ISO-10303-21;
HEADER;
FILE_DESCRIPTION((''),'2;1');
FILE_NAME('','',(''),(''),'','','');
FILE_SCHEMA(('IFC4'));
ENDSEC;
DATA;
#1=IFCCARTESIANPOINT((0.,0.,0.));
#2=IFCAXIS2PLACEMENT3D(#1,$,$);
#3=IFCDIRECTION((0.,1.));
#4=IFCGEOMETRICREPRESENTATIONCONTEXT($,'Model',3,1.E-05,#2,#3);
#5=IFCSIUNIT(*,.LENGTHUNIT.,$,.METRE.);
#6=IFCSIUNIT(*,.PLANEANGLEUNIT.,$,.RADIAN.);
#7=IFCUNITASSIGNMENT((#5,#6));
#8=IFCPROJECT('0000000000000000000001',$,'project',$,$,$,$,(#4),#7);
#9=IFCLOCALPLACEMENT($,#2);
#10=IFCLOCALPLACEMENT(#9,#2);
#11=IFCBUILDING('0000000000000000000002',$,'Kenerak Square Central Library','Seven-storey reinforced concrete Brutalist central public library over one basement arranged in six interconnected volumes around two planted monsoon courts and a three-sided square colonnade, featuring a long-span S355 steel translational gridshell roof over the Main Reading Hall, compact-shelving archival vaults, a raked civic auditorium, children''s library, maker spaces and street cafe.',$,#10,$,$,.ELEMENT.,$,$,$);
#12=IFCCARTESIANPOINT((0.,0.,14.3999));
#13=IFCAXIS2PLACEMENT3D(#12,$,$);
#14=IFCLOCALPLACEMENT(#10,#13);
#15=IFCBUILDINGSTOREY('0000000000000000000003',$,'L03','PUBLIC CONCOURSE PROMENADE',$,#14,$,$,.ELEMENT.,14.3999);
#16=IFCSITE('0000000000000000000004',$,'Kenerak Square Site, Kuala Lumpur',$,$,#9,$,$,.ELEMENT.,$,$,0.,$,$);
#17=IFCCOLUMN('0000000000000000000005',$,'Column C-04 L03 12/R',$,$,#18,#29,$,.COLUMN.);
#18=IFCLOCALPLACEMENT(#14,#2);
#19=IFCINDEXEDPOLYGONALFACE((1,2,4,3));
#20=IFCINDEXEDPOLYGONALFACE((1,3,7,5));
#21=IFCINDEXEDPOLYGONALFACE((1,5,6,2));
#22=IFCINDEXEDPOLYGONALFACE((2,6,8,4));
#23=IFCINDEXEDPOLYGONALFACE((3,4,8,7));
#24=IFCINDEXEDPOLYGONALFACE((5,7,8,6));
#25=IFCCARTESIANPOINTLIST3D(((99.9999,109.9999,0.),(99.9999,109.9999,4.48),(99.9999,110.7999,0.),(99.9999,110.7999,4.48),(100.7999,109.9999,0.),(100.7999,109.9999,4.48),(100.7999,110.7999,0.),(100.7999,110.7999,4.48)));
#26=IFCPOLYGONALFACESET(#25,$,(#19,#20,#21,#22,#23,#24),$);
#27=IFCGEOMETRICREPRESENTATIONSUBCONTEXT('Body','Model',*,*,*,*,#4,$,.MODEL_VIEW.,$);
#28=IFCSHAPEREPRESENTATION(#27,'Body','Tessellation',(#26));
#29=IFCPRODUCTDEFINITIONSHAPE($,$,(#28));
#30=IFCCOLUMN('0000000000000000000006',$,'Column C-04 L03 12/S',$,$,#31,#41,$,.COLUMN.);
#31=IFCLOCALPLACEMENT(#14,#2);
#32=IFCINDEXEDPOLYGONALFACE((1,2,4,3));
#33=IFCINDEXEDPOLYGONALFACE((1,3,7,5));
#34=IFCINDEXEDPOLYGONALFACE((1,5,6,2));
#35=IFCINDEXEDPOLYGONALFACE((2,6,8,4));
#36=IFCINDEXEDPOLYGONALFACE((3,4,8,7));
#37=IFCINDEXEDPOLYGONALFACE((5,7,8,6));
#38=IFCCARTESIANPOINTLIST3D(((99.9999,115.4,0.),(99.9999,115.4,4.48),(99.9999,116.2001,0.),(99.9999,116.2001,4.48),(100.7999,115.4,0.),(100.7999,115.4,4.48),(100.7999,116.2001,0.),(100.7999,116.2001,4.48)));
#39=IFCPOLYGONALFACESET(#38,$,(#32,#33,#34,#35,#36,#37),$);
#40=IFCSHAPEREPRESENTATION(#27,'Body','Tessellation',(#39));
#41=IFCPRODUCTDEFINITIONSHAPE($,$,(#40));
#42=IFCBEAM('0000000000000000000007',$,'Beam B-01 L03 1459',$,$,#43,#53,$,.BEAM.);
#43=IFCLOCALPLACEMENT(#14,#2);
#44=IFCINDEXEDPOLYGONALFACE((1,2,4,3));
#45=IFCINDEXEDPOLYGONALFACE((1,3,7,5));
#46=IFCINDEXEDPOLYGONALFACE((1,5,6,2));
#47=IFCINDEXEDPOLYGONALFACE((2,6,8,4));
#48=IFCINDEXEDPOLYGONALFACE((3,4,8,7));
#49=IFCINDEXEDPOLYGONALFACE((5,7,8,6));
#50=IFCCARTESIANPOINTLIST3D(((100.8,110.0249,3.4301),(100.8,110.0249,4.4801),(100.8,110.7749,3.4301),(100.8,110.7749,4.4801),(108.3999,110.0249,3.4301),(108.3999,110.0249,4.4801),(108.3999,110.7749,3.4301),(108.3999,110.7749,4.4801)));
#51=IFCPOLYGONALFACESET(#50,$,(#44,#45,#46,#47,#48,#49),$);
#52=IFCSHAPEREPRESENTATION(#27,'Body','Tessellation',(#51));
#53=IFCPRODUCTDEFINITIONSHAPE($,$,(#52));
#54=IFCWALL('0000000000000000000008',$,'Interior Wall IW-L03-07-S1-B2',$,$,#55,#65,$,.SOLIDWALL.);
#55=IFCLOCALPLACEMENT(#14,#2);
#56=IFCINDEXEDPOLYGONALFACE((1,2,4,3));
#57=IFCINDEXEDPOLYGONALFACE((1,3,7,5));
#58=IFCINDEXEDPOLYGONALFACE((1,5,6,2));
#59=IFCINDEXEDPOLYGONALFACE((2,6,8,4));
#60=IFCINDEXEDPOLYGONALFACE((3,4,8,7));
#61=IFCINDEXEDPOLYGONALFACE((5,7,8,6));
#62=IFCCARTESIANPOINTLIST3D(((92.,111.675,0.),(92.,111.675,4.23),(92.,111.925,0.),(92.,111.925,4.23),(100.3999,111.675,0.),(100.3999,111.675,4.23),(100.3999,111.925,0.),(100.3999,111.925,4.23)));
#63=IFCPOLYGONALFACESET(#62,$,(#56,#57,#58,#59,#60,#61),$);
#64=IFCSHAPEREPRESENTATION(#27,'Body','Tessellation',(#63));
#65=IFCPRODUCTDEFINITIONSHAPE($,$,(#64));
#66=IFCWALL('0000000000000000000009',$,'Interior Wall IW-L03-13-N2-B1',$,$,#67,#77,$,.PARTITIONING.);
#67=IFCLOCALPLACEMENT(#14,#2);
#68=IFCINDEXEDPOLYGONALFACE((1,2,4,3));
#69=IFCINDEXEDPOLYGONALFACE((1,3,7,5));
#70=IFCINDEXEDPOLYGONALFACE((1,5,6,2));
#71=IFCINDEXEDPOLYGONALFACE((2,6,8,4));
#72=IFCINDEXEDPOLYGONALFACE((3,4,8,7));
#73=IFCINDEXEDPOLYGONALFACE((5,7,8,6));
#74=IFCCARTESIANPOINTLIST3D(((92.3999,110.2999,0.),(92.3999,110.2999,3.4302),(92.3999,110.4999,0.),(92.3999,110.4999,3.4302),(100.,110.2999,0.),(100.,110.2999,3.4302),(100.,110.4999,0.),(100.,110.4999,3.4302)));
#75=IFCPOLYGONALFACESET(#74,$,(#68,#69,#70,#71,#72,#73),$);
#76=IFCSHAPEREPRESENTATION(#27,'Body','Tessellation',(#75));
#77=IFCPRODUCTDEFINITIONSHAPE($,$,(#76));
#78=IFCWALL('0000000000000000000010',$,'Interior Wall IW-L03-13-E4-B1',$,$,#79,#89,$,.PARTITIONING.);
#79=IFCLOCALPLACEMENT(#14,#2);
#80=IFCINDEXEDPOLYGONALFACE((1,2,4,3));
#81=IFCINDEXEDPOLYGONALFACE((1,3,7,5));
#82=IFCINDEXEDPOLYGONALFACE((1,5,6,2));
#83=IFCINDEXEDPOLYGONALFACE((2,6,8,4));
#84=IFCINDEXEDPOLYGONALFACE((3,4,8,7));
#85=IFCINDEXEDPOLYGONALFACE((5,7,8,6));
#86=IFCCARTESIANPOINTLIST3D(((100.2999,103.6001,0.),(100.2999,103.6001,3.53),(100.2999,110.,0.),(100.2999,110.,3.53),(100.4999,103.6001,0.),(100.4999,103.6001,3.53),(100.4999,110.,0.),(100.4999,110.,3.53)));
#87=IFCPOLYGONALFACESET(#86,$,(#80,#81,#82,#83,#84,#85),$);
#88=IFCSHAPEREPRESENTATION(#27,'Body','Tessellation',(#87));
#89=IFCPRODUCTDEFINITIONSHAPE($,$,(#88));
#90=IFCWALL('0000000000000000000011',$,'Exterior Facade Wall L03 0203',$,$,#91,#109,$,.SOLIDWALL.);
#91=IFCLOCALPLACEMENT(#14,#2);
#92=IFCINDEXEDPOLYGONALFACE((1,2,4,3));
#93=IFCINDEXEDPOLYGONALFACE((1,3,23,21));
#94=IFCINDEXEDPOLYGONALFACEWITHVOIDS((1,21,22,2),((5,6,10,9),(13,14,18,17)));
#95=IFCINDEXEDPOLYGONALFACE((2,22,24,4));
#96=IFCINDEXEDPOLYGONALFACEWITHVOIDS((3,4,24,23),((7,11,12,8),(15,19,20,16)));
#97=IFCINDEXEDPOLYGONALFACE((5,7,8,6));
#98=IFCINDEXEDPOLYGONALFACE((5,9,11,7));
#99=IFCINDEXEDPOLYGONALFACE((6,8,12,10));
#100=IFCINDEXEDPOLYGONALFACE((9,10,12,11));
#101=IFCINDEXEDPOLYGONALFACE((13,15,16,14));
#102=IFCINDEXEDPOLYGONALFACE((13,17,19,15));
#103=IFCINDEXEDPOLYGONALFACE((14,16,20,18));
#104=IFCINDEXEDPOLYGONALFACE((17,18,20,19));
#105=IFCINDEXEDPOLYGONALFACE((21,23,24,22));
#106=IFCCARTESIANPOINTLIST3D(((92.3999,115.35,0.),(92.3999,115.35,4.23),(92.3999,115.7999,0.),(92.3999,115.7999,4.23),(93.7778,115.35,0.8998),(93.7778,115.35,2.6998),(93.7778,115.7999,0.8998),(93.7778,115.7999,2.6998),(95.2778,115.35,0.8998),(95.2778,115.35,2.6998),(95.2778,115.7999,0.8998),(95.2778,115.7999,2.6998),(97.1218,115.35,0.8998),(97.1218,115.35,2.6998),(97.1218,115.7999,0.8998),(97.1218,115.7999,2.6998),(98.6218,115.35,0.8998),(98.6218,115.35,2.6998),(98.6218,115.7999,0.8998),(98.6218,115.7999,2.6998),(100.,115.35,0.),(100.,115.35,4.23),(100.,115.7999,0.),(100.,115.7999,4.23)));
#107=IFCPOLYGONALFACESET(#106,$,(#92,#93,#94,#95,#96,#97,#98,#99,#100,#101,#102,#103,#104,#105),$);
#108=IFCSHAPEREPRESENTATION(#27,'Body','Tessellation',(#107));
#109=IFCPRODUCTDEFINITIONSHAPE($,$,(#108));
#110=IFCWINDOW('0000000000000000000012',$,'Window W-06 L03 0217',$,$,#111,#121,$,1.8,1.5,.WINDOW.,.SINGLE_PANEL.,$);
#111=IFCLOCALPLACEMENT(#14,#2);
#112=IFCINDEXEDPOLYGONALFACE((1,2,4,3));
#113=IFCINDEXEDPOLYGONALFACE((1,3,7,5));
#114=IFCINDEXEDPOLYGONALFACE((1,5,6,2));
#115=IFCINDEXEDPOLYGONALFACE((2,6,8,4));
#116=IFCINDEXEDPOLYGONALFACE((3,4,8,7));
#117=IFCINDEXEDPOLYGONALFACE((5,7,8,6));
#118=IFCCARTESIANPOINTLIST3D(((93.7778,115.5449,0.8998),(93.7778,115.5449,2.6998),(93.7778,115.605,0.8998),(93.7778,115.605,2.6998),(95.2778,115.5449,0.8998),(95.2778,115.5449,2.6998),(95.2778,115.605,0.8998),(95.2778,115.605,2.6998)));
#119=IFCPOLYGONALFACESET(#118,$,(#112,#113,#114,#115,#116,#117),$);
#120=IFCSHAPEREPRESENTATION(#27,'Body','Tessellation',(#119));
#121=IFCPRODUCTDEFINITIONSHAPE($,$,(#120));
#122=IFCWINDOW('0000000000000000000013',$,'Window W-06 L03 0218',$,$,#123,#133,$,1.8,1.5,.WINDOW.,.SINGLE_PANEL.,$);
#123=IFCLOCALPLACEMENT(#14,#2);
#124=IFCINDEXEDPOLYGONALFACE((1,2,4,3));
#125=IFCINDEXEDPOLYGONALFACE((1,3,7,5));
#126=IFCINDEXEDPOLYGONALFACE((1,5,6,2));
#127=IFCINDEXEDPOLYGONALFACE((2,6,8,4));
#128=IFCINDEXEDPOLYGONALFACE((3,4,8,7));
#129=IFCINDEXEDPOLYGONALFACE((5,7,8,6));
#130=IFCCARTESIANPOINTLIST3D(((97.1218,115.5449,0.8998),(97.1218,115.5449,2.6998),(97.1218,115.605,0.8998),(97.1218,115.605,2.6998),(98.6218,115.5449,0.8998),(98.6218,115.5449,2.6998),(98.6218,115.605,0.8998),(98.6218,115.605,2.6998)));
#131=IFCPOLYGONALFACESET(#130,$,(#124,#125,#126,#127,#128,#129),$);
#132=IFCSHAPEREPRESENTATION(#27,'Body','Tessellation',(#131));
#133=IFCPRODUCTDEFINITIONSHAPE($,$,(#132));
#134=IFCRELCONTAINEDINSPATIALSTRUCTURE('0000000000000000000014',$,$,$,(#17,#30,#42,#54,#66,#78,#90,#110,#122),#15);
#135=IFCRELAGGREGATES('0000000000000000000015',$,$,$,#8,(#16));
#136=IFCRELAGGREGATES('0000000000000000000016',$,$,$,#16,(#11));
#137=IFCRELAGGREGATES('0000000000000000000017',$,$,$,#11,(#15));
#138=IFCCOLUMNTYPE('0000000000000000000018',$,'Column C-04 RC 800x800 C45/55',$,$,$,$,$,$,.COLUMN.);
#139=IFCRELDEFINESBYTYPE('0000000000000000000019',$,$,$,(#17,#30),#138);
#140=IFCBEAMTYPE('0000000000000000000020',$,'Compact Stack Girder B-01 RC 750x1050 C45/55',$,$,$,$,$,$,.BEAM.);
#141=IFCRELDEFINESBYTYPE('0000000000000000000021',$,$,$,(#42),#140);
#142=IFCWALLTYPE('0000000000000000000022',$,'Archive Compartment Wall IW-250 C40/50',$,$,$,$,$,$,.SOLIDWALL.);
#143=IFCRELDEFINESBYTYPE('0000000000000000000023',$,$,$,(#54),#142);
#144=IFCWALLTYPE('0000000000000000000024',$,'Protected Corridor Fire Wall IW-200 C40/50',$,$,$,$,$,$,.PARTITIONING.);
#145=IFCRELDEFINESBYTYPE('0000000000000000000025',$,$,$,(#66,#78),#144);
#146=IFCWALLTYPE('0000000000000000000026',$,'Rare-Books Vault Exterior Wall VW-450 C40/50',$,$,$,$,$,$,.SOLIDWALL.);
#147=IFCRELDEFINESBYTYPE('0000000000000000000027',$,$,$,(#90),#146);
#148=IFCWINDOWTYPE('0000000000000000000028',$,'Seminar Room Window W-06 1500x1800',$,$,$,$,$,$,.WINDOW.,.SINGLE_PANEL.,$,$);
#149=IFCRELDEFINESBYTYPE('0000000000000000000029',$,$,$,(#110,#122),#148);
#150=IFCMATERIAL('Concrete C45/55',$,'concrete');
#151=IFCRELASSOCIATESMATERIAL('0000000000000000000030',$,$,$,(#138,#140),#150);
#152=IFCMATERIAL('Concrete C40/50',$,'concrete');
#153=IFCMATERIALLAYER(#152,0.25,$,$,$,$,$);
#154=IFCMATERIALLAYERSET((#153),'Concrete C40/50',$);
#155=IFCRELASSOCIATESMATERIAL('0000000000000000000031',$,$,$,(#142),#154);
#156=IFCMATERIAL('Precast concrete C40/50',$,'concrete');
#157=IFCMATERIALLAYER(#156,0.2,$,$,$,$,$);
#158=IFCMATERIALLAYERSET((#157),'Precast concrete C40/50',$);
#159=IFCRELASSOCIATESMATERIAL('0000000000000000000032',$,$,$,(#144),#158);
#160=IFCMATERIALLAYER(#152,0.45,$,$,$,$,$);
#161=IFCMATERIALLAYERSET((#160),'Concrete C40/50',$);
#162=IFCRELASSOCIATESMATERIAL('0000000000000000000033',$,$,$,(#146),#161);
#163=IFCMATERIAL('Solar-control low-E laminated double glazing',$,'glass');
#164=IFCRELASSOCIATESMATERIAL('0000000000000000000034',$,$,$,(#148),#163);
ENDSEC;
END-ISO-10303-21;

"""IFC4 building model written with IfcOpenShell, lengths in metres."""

from ifc_helpers import new_model, si_unit, direction, frame, frame_2d, origin, origin_2d, place, context, subcontext, project, spatial, rectangle, extrude, material, layer, layer_set, material_profile, profile_set, type_object, element, fill, save


model = new_model("IFC4")

# Units and contexts
model_context = context("Model", 3, precision=1e-05, world=origin(), true_north=direction((0.0, 1.0)))
body_context = subcontext(model_context, "Body", "Model", "MODEL_VIEW")
ifc_project = project(units=[si_unit("LENGTHUNIT", "METRE"), si_unit("PLANEANGLEUNIT", "RADIAN")], contexts=[model_context])

# Site, building, storey
site_placement = place(None, origin())
site = spatial("IfcSite", under=ifc_project, at=site_placement, Name="Kenerak Square Site, Kuala Lumpur", CompositionType="ELEMENT", RefElevation=0.0)
building_placement = place(site_placement, origin())
building = spatial("IfcBuilding", under=site, at=building_placement, Name="Kenerak Square Central Library", Description="Seven-storey reinforced concrete Brutalist central public library over one basement arranged in six interconnected volumes around two planted monsoon courts and a three-sided square colonnade, featuring a long-span S355 steel translational gridshell roof over the Main Reading Hall, compact-shelving archival vaults, a raked civic auditorium, children's library, maker spaces and street cafe.", CompositionType="ELEMENT")
storey_placement = place(building_placement, frame((0.0, 0.0, 14.3999)))
storey = spatial("IfcBuildingStorey", under=building, at=storey_placement, Name="L03", Description="PUBLIC CONCOURSE PROMENADE", CompositionType="ELEMENT", Elevation=14.3999)

# Columns
ifc_material_1 = material(Name="Concrete C45/55", Category="concrete")
ifc_material_profile_1 = material_profile(ifc_material_1, rectangle(XDim=0.8, YDim=0.8, at=origin_2d()), Name="RC 800x800")
ifc_profile_set_1 = profile_set([ifc_material_profile_1], Name="Concrete C45/55")
column_type = type_object("IfcColumnType", Name="Column C-04 RC 800x800 C45/55", PredefinedType="COLUMN", material=ifc_profile_set_1)
for number, where, z_axis, x_axis, name in (
    (1, (100.3999, 110.3999, 0.0), (0.0, 0.0, 1.0), (1.0, 0.0, 0.0), "Column C-04 L03 12/R"),
    (2, (100.3999, 115.8, 0.0), (0.0, 0.0, 1.0), (1.0, 0.0, 0.0), "Column C-04 L03 12/S"),
):
    element("IfcColumn", number, at=place(storey_placement, frame(where, z_axis=z_axis, x_axis=x_axis)), inside=storey, type_object=column_type, Name=name, PredefinedType="COLUMN", context=body_context, shape_type="SweptSolid", body=[
        extrude(rectangle(XDim=0.8, YDim=0.8, at=origin_2d()), origin(), (0.0, 0.0, 1.0), 4.48),
    ])

# Beam
ifc_material_profile_2 = material_profile(ifc_material_1, rectangle(XDim=0.75, YDim=1.05, at=origin_2d()), Name="RC 750x1050")
ifc_profile_set_2 = profile_set([ifc_material_profile_2], Name="Concrete C45/55")
beam_type = type_object("IfcBeamType", Name="Compact Stack Girder B-01 RC 750x1050 C45/55", PredefinedType="BEAM", material=ifc_profile_set_2)
beam_placement = place(storey_placement, frame((100.8, 110.3999, 3.9551), z_axis=(1.0, 0.0, 0.0), x_axis=(0.0, 1.0, 0.0)))
element("IfcBeam", 3, at=beam_placement, inside=storey, type_object=beam_type, Name="Beam B-01 L03 1459", PredefinedType="BEAM", context=body_context, shape_type="SweptSolid", body=[
    extrude(rectangle(XDim=0.75, YDim=1.05, at=origin_2d()), origin(), (0.0, 0.0, 1.0), 7.5999),
])

# Walls
ifc_material_2 = material(Name="Concrete C40/50", Category="concrete")
ifc_layer_1 = layer(ifc_material_2, 0.25)
ifc_layer_set_1 = layer_set([ifc_layer_1], Name="Concrete C40/50")
wall_type_1 = type_object("IfcWallType", Name="Archive Compartment Wall IW-250 C40/50", PredefinedType="SOLIDWALL", material=ifc_layer_set_1)
wall_1_placement = place(storey_placement, frame((100.3999, 111.8, 0.0), z_axis=(0.0, 0.0, 1.0), x_axis=(-1.0, 0.0, 0.0)))
element("IfcWall", 4, at=wall_1_placement, inside=storey, type_object=wall_type_1, Name="Interior Wall IW-L03-07-S1-B2", PredefinedType="SOLIDWALL", context=body_context, shape_type="SweptSolid", body=[
    extrude(rectangle(XDim=8.3999, YDim=0.25, at=frame_2d((4.2, 0.0))), origin(), (0.0, 0.0, 1.0), 4.23),
])
ifc_material_3 = material(Name="Precast concrete C40/50", Category="concrete")
ifc_layer_2 = layer(ifc_material_3, 0.2)
ifc_layer_set_2 = layer_set([ifc_layer_2], Name="Precast concrete C40/50")
wall_type_2 = type_object("IfcWallType", Name="Protected Corridor Fire Wall IW-200 C40/50", PredefinedType="PARTITIONING", material=ifc_layer_set_2)
wall_2_placement = place(storey_placement, frame((92.3999, 110.3999, 0.0), z_axis=(0.0, 0.0, 1.0), x_axis=(1.0, 0.0, 0.0)))
element("IfcWall", 5, at=wall_2_placement, inside=storey, type_object=wall_type_2, Name="Interior Wall IW-L03-13-N2-B1", PredefinedType="PARTITIONING", context=body_context, shape_type="SweptSolid", body=[
    extrude(rectangle(XDim=7.6001, YDim=0.2, at=frame_2d((3.8, 0.0))), origin(), (0.0, 0.0, 1.0), 3.4302),
])
wall_3_placement = place(storey_placement, frame((100.3999, 110.0, 0.0), z_axis=(0.0, 0.0, 1.0), x_axis=(0.0, -1.0, 0.0)))
element("IfcWall", 6, at=wall_3_placement, inside=storey, type_object=wall_type_2, Name="Interior Wall IW-L03-13-E4-B1", PredefinedType="PARTITIONING", context=body_context, shape_type="SweptSolid", body=[
    extrude(rectangle(XDim=6.3999, YDim=0.2, at=frame_2d((3.2, 0.0))), origin(), (0.0, 0.0, 1.0), 3.53),
])

# Wall, openings, windows
ifc_layer_3 = layer(ifc_material_2, 0.45)
ifc_layer_set_3 = layer_set([ifc_layer_3], Name="Concrete C40/50")
wall_type_3 = type_object("IfcWallType", Name="Rare-Books Vault Exterior Wall VW-450 C40/50", PredefinedType="SOLIDWALL", material=ifc_layer_set_3)
wall_4_placement = place(storey_placement, frame((92.3999, 115.575, 0.0), z_axis=(0.0, 0.0, 1.0), x_axis=(1.0, 0.0, 0.0)))
wall_4 = element("IfcWall", 7, at=wall_4_placement, inside=storey, type_object=wall_type_3, Name="Exterior Facade Wall L03 0203", PredefinedType="SOLIDWALL", context=body_context, shape_type="SweptSolid", body=[
    extrude(rectangle(XDim=7.6001, YDim=0.45, at=frame_2d((3.8, 0.0))), origin(), (0.0, 0.0, 1.0), 4.23),
])
opening_1_placement = place(wall_4_placement, frame((1.3779, 0.0, 0.8999)))
opening_1 = element("IfcOpeningElement", 8, at=opening_1_placement, cuts=wall_4, PredefinedType="OPENING", context=body_context, shape_type="SweptSolid", body=[
    extrude(rectangle(XDim=1.5, YDim=1.8, at=frame_2d((0.75, 0.8999))), frame((0.0, 0.2349, 0.0), z_axis=(0.0, -1.0, 0.0), x_axis=(1.0, 0.0, 0.0)), (0.0, 0.0, 1.0), 0.47),
])
opening_2_placement = place(wall_4_placement, frame((4.7219, 0.0, 0.8999)))
opening_2 = element("IfcOpeningElement", 9, at=opening_2_placement, cuts=wall_4, PredefinedType="OPENING", context=body_context, shape_type="SweptSolid", body=[
    extrude(rectangle(XDim=1.5, YDim=1.8, at=frame_2d((0.75, 0.8999))), frame((0.0, 0.2349, 0.0), z_axis=(0.0, -1.0, 0.0), x_axis=(1.0, 0.0, 0.0)), (0.0, 0.0, 1.0), 0.47),
])
ifc_material_4 = material(Name="Solar-control low-E laminated double glazing", Category="glass")
window_type = type_object("IfcWindowType", Name="Seminar Room Window W-06 1500x1800", PartitioningType="SINGLE_PANEL", PredefinedType="WINDOW", material=ifc_material_4)
window_1_placement = place(opening_1_placement, origin())
window_1 = element("IfcWindow", 10, at=window_1_placement, inside=storey, type_object=window_type, Name="Window W-06 L03 0217", OverallHeight=1.8, OverallWidth=1.5, PartitioningType="SINGLE_PANEL", PredefinedType="WINDOW", context=body_context, shape_type="SweptSolid", body=[
    extrude(rectangle(XDim=1.5, YDim=1.8, at=frame_2d((0.75, 0.8999))), frame((0.0, 0.03, 0.0), z_axis=(0.0, -1.0, 0.0), x_axis=(1.0, 0.0, 0.0)), (0.0, 0.0, 1.0), 0.0601),
])
fill(opening_1, window_1)
window_2_placement = place(opening_2_placement, origin())
window_2 = element("IfcWindow", 11, at=window_2_placement, inside=storey, type_object=window_type, Name="Window W-06 L03 0218", OverallHeight=1.8, OverallWidth=1.5, PartitioningType="SINGLE_PANEL", PredefinedType="WINDOW", context=body_context, shape_type="SweptSolid", body=[
    extrude(rectangle(XDim=1.5, YDim=1.8, at=frame_2d((0.75, 0.8999))), frame((0.0, 0.03, 0.0), z_axis=(0.0, -1.0, 0.0), x_axis=(1.0, 0.0, 0.0)), (0.0, 0.0, 1.0), 0.0601),
])
fill(opening_2, window_2)

save(model, "model.ifc")
